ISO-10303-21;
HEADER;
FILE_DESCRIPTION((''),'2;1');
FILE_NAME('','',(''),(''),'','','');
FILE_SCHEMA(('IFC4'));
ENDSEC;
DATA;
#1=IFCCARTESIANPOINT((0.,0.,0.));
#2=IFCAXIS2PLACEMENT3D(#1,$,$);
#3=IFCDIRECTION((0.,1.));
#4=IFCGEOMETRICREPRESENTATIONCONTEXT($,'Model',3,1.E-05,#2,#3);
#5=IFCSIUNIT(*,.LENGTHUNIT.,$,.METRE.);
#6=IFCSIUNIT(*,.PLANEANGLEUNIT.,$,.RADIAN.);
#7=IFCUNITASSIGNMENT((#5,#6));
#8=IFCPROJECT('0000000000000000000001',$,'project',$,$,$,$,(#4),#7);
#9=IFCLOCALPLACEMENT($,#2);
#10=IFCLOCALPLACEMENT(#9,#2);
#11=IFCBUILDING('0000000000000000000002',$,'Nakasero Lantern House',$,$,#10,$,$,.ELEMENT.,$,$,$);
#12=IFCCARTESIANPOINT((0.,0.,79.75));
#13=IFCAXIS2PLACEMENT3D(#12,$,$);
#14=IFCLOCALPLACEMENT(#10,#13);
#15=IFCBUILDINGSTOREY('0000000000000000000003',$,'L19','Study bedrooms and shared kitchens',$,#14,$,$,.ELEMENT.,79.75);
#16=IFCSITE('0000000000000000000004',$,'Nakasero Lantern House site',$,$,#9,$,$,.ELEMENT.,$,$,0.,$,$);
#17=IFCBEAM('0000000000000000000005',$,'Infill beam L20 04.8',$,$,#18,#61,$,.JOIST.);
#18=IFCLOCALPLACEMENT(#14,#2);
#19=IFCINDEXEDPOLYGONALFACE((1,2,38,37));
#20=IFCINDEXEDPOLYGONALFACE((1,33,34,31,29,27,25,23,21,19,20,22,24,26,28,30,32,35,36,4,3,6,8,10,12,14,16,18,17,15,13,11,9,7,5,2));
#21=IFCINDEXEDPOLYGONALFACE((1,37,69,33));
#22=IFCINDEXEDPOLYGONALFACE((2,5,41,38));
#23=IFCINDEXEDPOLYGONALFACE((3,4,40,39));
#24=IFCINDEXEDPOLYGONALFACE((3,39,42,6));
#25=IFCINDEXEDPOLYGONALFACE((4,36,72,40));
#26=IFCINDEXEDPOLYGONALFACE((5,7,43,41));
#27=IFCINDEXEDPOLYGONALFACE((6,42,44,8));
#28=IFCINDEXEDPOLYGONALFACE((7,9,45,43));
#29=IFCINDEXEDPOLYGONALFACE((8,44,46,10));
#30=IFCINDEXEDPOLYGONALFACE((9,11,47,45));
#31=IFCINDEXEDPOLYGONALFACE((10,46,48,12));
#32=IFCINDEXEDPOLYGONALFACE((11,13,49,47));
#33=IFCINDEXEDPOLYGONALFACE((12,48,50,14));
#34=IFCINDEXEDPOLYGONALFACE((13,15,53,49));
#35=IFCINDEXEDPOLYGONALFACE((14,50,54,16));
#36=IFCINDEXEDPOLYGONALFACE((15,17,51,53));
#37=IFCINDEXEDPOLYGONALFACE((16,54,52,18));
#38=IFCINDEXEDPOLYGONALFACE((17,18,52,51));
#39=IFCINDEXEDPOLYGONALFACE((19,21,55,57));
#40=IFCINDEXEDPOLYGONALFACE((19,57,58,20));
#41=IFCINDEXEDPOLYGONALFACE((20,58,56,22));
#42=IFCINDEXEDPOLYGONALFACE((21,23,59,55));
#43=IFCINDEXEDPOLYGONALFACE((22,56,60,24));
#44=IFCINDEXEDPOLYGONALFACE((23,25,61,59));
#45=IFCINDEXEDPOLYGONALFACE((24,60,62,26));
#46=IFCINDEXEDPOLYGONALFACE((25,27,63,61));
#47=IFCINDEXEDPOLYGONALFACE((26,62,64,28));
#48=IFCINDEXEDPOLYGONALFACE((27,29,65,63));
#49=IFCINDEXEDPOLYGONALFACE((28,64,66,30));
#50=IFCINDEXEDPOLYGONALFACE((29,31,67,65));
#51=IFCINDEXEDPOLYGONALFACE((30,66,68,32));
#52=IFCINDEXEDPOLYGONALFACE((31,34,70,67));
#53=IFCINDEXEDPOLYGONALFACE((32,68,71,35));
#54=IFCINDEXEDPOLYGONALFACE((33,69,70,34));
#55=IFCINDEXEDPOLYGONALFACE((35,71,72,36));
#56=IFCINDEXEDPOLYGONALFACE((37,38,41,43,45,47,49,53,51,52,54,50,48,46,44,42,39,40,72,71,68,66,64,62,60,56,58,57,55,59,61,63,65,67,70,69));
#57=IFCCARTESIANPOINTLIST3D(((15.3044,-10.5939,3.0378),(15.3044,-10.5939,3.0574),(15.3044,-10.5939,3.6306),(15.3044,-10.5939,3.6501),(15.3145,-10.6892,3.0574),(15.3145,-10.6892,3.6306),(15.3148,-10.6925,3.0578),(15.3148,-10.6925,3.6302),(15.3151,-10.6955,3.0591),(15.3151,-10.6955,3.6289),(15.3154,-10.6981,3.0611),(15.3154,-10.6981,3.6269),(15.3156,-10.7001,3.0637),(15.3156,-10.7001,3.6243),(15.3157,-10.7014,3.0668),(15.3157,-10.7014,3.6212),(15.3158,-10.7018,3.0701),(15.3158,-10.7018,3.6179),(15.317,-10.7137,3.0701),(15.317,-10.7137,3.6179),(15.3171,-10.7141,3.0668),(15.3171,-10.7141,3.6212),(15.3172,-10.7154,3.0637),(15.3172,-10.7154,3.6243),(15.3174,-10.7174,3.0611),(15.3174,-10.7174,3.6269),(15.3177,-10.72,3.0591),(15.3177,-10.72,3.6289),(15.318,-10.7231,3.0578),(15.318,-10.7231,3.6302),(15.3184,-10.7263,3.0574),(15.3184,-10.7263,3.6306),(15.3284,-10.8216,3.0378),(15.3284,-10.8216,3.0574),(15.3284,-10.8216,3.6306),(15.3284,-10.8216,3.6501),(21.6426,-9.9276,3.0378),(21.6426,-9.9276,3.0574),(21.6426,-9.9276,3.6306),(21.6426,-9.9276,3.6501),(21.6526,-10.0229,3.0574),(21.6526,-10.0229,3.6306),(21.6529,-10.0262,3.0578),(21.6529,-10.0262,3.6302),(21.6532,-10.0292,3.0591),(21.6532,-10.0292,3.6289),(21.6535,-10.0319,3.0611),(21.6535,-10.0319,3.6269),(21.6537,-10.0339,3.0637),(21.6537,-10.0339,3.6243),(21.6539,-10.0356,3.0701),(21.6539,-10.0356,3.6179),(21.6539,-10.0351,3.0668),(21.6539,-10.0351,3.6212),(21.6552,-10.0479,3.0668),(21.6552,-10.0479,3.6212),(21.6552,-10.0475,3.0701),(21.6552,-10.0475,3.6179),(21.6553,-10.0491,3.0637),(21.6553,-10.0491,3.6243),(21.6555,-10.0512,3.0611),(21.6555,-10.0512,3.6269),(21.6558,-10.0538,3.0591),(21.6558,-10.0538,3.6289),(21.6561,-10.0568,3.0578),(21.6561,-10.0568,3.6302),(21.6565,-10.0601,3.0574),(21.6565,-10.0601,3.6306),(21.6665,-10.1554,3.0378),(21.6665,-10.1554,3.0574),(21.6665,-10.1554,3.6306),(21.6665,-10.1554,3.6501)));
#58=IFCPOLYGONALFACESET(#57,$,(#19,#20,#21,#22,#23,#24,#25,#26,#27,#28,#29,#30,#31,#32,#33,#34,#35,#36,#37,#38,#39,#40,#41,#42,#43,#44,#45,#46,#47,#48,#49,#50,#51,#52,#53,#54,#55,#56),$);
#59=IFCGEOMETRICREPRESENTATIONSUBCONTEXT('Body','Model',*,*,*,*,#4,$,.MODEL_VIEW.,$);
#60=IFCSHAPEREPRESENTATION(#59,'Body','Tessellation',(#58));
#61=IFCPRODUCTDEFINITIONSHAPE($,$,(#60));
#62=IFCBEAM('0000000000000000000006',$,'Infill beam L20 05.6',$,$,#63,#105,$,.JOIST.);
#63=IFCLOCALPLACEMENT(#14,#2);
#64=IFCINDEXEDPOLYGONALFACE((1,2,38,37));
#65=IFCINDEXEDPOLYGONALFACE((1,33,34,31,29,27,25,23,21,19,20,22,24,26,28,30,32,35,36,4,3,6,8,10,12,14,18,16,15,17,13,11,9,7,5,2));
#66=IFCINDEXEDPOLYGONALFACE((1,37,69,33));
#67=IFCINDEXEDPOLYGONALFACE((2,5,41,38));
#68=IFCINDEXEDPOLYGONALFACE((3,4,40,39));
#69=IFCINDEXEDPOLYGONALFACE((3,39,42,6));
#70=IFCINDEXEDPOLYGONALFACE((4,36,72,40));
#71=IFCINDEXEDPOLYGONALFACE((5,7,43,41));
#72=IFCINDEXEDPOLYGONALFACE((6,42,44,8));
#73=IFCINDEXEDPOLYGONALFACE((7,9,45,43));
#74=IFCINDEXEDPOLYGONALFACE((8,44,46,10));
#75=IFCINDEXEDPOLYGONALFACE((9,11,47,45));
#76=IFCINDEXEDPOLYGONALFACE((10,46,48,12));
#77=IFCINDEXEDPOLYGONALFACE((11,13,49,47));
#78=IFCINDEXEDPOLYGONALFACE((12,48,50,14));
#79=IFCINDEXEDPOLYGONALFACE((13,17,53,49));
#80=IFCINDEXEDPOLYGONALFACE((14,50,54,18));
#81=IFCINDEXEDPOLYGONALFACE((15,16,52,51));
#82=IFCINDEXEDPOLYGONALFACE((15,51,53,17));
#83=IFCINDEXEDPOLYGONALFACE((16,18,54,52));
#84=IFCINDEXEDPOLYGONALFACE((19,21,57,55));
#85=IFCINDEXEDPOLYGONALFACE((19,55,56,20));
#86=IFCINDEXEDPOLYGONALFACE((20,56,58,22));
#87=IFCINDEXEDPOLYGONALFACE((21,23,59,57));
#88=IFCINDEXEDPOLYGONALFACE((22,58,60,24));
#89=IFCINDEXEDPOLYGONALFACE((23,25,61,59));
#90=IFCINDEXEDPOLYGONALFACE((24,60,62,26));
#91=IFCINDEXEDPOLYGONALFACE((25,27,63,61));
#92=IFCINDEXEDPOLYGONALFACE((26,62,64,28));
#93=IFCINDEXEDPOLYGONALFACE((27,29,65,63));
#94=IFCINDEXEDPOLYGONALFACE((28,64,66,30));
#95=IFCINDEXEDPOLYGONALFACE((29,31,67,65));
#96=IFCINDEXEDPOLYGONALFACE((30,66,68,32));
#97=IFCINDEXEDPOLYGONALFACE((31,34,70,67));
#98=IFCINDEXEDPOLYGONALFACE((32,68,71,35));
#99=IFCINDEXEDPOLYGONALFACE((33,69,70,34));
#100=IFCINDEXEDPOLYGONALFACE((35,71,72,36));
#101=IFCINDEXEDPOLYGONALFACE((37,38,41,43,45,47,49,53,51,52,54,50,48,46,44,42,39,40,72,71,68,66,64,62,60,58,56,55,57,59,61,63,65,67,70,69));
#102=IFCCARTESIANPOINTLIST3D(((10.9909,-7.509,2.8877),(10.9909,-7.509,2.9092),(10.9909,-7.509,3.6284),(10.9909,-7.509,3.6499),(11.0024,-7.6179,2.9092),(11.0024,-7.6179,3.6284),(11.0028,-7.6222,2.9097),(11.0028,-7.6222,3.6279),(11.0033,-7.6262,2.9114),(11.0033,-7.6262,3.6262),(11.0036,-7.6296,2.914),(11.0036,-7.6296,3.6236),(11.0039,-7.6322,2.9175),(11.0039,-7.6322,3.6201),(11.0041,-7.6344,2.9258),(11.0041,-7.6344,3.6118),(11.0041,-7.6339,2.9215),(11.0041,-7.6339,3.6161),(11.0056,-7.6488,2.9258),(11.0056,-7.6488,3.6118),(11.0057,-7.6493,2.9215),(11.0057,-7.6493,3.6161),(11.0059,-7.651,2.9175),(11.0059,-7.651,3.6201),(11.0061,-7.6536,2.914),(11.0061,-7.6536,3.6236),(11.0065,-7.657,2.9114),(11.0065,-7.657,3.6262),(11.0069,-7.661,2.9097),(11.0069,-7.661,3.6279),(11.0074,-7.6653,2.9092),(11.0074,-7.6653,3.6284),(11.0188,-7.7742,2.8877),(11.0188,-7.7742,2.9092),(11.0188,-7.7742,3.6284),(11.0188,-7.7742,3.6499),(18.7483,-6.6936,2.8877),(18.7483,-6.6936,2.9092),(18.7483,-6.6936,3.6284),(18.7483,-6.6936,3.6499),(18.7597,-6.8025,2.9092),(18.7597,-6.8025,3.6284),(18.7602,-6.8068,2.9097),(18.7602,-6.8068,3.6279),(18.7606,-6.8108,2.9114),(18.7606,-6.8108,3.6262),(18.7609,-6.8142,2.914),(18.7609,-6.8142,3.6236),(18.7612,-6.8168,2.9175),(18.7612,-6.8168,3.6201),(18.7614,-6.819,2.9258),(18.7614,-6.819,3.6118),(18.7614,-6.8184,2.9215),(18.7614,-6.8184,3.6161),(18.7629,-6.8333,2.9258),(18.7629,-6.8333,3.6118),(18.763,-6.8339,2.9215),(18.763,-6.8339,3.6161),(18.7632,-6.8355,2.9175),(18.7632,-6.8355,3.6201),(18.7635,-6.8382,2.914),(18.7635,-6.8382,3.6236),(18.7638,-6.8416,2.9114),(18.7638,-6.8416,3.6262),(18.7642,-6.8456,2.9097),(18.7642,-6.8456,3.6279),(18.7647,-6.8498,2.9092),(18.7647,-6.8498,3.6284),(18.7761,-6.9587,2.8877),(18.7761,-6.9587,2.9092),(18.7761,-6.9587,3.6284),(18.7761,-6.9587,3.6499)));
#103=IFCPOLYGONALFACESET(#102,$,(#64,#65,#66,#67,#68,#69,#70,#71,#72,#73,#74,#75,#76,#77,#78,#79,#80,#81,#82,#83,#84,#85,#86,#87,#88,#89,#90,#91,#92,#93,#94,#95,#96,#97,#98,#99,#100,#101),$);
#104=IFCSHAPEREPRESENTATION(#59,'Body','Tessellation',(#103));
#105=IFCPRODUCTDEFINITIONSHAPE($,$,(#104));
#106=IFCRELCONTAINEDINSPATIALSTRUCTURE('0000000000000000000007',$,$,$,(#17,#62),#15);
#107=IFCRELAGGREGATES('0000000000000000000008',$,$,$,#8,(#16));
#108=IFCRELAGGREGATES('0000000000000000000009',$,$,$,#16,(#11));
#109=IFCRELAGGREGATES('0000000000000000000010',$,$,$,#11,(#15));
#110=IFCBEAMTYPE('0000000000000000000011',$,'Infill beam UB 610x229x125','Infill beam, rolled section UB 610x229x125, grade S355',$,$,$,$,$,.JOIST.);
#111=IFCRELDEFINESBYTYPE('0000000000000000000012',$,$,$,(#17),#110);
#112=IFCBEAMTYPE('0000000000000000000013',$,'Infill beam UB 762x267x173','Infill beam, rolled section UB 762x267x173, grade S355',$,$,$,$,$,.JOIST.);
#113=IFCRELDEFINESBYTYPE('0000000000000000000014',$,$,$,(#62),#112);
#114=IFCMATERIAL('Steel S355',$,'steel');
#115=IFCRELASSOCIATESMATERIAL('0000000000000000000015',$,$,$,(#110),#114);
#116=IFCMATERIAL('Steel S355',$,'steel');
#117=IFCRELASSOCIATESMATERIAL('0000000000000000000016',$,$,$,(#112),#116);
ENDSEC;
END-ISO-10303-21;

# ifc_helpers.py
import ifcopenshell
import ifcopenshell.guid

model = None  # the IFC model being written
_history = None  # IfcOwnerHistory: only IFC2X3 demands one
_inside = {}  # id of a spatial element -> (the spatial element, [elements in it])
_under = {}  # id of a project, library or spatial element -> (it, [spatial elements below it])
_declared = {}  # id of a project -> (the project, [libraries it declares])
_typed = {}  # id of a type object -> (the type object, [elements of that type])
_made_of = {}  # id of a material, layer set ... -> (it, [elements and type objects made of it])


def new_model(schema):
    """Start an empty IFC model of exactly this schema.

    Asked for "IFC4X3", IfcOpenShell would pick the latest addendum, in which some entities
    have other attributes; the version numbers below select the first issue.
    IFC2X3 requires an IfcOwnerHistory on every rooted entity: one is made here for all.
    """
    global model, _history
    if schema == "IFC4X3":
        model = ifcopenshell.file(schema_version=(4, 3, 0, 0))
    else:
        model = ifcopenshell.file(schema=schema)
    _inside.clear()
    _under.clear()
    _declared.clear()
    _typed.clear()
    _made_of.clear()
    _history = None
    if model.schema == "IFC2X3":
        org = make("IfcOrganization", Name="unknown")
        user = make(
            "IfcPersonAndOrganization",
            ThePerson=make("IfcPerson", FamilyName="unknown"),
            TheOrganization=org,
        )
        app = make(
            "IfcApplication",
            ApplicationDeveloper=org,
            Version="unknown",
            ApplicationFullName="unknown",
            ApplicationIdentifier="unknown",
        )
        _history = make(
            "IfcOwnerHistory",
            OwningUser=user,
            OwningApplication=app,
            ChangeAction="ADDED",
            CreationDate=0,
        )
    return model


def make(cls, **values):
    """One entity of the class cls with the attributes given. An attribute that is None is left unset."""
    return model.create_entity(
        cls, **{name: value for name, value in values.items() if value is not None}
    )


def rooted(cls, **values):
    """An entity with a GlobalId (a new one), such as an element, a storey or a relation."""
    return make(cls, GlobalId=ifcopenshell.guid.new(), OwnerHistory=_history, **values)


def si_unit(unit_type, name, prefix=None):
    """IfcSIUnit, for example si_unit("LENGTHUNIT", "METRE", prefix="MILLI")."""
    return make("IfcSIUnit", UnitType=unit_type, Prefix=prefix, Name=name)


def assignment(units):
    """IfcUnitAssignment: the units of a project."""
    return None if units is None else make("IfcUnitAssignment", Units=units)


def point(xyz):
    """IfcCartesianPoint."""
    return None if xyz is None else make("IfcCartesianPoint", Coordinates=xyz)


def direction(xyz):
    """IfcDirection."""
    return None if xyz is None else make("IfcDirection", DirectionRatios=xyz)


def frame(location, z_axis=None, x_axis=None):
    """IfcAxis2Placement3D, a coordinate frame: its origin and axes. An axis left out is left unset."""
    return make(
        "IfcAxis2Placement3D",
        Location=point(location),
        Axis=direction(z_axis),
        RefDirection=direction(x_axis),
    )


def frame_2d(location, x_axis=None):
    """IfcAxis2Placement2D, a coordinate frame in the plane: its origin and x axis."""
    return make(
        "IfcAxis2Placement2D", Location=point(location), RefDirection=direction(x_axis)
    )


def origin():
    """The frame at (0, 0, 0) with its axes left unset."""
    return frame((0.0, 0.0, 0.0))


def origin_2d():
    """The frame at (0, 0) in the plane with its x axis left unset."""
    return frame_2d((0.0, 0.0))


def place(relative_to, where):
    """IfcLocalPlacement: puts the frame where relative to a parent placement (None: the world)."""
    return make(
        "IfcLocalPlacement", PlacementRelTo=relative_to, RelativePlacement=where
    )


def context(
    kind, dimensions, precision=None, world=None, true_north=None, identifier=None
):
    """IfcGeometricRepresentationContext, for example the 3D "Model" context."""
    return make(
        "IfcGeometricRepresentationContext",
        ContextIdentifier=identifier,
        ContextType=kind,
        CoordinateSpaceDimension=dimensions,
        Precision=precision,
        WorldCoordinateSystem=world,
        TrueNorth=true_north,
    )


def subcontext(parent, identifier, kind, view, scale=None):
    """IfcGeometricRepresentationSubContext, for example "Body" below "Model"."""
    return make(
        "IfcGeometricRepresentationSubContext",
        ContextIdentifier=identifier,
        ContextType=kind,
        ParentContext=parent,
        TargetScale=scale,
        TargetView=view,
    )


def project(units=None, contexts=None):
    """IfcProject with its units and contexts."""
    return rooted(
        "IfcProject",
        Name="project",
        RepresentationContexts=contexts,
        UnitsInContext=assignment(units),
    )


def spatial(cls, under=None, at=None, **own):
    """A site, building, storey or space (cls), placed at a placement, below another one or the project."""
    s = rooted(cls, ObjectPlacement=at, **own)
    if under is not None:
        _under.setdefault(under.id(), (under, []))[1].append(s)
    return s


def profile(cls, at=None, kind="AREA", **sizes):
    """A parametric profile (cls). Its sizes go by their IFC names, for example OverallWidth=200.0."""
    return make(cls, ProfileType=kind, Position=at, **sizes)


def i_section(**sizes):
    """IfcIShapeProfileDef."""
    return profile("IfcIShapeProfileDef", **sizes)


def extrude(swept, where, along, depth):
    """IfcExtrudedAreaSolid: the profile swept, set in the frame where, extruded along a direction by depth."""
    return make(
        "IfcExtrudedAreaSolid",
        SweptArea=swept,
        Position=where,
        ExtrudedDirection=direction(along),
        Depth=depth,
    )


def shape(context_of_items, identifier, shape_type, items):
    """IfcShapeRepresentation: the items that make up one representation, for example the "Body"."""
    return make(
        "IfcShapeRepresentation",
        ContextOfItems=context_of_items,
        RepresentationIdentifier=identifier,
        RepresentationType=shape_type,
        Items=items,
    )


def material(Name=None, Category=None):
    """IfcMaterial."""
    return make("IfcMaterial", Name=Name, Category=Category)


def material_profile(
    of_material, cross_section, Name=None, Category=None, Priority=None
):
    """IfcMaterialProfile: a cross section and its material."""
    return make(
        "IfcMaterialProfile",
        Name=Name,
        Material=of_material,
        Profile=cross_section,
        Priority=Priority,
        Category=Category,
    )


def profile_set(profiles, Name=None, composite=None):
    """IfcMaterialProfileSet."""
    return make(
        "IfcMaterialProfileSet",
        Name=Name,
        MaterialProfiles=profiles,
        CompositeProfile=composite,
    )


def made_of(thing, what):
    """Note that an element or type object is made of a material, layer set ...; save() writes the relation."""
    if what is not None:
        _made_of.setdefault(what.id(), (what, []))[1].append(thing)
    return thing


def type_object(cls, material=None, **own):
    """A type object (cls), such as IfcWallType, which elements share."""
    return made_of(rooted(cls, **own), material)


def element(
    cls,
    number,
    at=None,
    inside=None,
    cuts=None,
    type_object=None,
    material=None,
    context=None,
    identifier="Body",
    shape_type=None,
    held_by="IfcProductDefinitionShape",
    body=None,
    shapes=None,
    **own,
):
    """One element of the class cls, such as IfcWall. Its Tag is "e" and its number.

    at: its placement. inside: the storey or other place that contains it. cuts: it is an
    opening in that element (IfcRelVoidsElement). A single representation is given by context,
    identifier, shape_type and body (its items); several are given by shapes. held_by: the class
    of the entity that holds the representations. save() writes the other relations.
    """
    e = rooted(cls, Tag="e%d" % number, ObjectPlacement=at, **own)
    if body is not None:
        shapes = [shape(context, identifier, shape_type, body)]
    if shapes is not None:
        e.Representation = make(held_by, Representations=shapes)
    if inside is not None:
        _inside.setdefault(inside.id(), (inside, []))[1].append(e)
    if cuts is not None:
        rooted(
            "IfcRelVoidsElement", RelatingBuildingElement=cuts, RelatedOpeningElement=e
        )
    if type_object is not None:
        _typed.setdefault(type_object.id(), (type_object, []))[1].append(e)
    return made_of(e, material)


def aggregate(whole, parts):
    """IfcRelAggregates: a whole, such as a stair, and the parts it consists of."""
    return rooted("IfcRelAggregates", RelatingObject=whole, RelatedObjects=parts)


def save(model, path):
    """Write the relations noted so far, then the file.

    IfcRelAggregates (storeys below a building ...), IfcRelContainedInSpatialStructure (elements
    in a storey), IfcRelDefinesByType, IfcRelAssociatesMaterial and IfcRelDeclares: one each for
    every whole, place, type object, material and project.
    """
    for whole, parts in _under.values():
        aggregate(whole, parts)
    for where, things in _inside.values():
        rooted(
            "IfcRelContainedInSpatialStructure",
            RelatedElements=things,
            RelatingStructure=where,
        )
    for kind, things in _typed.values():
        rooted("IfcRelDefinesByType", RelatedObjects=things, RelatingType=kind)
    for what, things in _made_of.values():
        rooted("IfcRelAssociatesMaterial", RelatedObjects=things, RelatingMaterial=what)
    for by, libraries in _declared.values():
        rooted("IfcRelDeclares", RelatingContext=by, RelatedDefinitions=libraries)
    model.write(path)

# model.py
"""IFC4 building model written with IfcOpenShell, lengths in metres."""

from ifc_helpers import new_model, si_unit, direction, frame, origin, origin_2d, place, context, subcontext, project, spatial, i_section, extrude, material, material_profile, profile_set, type_object, element, save


model = new_model("IFC4")

# Units and contexts
model_context = context("Model", 3, precision=1e-05, world=origin(), true_north=direction((0.0, 1.0)))
body_context = subcontext(model_context, "Body", "Model", "MODEL_VIEW")
ifc_project = project(units=[si_unit("LENGTHUNIT", "METRE"), si_unit("PLANEANGLEUNIT", "RADIAN")], contexts=[model_context])

# Site, building, storey
site_placement = place(None, origin())
site = spatial("IfcSite", under=ifc_project, at=site_placement, Name="Nakasero Lantern House site", CompositionType="ELEMENT", RefElevation=0.0)
building_placement = place(site_placement, origin())
building = spatial("IfcBuilding", under=site, at=building_placement, Name="Nakasero Lantern House", CompositionType="ELEMENT")
storey_placement = place(building_placement, frame((0.0, 0.0, 79.75)))
storey = spatial("IfcBuildingStorey", under=building, at=storey_placement, Name="L19", Description="Study bedrooms and shared kitchens", CompositionType="ELEMENT", Elevation=79.75)

# Beams
ifc_material_1 = material(Name="Steel S355", Category="steel")
ifc_material_profile_1 = material_profile(ifc_material_1, i_section(OverallWidth=0.229, OverallDepth=0.6123, WebThickness=0.012, FlangeThickness=0.0195, FilletRadius=0.0127, at=origin_2d()), Name="UB 610x229x125")
ifc_profile_set_1 = profile_set([ifc_material_profile_1], Name="Steel S355")
beam_type_1 = type_object("IfcBeamType", Name="Infill beam UB 610x229x125", Description="Infill beam, rolled section UB 610x229x125, grade S355", PredefinedType="JOIST", material=ifc_profile_set_1)
beam_1_placement = place(storey_placement, frame((15.3164, -10.7078, 3.344), z_axis=(0.99452, 0.104543, 0.0), x_axis=(-0.104543, 0.99452, 0.0)))
element("IfcBeam", 1, at=beam_1_placement, inside=storey, type_object=beam_type_1, Name="Infill beam L20 04.8", PredefinedType="JOIST", context=body_context, shape_type="SweptSolid", body=[
    extrude(i_section(OverallWidth=0.229, OverallDepth=0.6123, WebThickness=0.012, FlangeThickness=0.0195, FilletRadius=0.0127, at=origin_2d()), origin(), (0.0, 0.0, 1.0), 6.373),
])
ifc_material_2 = material(Name="Steel S355", Category="steel")
ifc_material_profile_2 = material_profile(ifc_material_2, i_section(OverallWidth=0.2666, OverallDepth=0.7622, WebThickness=0.0144, FlangeThickness=0.0215, FilletRadius=0.0166, at=origin_2d()), Name="UB 762x267x173")
ifc_profile_set_2 = profile_set([ifc_material_profile_2], Name="Steel S355")
beam_type_2 = type_object("IfcBeamType", Name="Infill beam UB 762x267x173", Description="Infill beam, rolled section UB 762x267x173, grade S355", PredefinedType="JOIST", material=ifc_profile_set_2)
beam_2_placement = place(storey_placement, frame((11.0049, -7.6416, 3.2688), z_axis=(0.994521, 0.104541, 0.0), x_axis=(-0.104541, 0.994521, 0.0)))
element("IfcBeam", 2, at=beam_2_placement, inside=storey, type_object=beam_type_2, Name="Infill beam L20 05.6", PredefinedType="JOIST", context=body_context, shape_type="SweptSolid", body=[
    extrude(i_section(OverallWidth=0.2666, OverallDepth=0.7622, WebThickness=0.0144, FlangeThickness=0.0215, FilletRadius=0.0166, at=origin_2d()), origin(), (0.0, 0.0, 1.0), 7.8),
])

save(model, "model.ifc")
